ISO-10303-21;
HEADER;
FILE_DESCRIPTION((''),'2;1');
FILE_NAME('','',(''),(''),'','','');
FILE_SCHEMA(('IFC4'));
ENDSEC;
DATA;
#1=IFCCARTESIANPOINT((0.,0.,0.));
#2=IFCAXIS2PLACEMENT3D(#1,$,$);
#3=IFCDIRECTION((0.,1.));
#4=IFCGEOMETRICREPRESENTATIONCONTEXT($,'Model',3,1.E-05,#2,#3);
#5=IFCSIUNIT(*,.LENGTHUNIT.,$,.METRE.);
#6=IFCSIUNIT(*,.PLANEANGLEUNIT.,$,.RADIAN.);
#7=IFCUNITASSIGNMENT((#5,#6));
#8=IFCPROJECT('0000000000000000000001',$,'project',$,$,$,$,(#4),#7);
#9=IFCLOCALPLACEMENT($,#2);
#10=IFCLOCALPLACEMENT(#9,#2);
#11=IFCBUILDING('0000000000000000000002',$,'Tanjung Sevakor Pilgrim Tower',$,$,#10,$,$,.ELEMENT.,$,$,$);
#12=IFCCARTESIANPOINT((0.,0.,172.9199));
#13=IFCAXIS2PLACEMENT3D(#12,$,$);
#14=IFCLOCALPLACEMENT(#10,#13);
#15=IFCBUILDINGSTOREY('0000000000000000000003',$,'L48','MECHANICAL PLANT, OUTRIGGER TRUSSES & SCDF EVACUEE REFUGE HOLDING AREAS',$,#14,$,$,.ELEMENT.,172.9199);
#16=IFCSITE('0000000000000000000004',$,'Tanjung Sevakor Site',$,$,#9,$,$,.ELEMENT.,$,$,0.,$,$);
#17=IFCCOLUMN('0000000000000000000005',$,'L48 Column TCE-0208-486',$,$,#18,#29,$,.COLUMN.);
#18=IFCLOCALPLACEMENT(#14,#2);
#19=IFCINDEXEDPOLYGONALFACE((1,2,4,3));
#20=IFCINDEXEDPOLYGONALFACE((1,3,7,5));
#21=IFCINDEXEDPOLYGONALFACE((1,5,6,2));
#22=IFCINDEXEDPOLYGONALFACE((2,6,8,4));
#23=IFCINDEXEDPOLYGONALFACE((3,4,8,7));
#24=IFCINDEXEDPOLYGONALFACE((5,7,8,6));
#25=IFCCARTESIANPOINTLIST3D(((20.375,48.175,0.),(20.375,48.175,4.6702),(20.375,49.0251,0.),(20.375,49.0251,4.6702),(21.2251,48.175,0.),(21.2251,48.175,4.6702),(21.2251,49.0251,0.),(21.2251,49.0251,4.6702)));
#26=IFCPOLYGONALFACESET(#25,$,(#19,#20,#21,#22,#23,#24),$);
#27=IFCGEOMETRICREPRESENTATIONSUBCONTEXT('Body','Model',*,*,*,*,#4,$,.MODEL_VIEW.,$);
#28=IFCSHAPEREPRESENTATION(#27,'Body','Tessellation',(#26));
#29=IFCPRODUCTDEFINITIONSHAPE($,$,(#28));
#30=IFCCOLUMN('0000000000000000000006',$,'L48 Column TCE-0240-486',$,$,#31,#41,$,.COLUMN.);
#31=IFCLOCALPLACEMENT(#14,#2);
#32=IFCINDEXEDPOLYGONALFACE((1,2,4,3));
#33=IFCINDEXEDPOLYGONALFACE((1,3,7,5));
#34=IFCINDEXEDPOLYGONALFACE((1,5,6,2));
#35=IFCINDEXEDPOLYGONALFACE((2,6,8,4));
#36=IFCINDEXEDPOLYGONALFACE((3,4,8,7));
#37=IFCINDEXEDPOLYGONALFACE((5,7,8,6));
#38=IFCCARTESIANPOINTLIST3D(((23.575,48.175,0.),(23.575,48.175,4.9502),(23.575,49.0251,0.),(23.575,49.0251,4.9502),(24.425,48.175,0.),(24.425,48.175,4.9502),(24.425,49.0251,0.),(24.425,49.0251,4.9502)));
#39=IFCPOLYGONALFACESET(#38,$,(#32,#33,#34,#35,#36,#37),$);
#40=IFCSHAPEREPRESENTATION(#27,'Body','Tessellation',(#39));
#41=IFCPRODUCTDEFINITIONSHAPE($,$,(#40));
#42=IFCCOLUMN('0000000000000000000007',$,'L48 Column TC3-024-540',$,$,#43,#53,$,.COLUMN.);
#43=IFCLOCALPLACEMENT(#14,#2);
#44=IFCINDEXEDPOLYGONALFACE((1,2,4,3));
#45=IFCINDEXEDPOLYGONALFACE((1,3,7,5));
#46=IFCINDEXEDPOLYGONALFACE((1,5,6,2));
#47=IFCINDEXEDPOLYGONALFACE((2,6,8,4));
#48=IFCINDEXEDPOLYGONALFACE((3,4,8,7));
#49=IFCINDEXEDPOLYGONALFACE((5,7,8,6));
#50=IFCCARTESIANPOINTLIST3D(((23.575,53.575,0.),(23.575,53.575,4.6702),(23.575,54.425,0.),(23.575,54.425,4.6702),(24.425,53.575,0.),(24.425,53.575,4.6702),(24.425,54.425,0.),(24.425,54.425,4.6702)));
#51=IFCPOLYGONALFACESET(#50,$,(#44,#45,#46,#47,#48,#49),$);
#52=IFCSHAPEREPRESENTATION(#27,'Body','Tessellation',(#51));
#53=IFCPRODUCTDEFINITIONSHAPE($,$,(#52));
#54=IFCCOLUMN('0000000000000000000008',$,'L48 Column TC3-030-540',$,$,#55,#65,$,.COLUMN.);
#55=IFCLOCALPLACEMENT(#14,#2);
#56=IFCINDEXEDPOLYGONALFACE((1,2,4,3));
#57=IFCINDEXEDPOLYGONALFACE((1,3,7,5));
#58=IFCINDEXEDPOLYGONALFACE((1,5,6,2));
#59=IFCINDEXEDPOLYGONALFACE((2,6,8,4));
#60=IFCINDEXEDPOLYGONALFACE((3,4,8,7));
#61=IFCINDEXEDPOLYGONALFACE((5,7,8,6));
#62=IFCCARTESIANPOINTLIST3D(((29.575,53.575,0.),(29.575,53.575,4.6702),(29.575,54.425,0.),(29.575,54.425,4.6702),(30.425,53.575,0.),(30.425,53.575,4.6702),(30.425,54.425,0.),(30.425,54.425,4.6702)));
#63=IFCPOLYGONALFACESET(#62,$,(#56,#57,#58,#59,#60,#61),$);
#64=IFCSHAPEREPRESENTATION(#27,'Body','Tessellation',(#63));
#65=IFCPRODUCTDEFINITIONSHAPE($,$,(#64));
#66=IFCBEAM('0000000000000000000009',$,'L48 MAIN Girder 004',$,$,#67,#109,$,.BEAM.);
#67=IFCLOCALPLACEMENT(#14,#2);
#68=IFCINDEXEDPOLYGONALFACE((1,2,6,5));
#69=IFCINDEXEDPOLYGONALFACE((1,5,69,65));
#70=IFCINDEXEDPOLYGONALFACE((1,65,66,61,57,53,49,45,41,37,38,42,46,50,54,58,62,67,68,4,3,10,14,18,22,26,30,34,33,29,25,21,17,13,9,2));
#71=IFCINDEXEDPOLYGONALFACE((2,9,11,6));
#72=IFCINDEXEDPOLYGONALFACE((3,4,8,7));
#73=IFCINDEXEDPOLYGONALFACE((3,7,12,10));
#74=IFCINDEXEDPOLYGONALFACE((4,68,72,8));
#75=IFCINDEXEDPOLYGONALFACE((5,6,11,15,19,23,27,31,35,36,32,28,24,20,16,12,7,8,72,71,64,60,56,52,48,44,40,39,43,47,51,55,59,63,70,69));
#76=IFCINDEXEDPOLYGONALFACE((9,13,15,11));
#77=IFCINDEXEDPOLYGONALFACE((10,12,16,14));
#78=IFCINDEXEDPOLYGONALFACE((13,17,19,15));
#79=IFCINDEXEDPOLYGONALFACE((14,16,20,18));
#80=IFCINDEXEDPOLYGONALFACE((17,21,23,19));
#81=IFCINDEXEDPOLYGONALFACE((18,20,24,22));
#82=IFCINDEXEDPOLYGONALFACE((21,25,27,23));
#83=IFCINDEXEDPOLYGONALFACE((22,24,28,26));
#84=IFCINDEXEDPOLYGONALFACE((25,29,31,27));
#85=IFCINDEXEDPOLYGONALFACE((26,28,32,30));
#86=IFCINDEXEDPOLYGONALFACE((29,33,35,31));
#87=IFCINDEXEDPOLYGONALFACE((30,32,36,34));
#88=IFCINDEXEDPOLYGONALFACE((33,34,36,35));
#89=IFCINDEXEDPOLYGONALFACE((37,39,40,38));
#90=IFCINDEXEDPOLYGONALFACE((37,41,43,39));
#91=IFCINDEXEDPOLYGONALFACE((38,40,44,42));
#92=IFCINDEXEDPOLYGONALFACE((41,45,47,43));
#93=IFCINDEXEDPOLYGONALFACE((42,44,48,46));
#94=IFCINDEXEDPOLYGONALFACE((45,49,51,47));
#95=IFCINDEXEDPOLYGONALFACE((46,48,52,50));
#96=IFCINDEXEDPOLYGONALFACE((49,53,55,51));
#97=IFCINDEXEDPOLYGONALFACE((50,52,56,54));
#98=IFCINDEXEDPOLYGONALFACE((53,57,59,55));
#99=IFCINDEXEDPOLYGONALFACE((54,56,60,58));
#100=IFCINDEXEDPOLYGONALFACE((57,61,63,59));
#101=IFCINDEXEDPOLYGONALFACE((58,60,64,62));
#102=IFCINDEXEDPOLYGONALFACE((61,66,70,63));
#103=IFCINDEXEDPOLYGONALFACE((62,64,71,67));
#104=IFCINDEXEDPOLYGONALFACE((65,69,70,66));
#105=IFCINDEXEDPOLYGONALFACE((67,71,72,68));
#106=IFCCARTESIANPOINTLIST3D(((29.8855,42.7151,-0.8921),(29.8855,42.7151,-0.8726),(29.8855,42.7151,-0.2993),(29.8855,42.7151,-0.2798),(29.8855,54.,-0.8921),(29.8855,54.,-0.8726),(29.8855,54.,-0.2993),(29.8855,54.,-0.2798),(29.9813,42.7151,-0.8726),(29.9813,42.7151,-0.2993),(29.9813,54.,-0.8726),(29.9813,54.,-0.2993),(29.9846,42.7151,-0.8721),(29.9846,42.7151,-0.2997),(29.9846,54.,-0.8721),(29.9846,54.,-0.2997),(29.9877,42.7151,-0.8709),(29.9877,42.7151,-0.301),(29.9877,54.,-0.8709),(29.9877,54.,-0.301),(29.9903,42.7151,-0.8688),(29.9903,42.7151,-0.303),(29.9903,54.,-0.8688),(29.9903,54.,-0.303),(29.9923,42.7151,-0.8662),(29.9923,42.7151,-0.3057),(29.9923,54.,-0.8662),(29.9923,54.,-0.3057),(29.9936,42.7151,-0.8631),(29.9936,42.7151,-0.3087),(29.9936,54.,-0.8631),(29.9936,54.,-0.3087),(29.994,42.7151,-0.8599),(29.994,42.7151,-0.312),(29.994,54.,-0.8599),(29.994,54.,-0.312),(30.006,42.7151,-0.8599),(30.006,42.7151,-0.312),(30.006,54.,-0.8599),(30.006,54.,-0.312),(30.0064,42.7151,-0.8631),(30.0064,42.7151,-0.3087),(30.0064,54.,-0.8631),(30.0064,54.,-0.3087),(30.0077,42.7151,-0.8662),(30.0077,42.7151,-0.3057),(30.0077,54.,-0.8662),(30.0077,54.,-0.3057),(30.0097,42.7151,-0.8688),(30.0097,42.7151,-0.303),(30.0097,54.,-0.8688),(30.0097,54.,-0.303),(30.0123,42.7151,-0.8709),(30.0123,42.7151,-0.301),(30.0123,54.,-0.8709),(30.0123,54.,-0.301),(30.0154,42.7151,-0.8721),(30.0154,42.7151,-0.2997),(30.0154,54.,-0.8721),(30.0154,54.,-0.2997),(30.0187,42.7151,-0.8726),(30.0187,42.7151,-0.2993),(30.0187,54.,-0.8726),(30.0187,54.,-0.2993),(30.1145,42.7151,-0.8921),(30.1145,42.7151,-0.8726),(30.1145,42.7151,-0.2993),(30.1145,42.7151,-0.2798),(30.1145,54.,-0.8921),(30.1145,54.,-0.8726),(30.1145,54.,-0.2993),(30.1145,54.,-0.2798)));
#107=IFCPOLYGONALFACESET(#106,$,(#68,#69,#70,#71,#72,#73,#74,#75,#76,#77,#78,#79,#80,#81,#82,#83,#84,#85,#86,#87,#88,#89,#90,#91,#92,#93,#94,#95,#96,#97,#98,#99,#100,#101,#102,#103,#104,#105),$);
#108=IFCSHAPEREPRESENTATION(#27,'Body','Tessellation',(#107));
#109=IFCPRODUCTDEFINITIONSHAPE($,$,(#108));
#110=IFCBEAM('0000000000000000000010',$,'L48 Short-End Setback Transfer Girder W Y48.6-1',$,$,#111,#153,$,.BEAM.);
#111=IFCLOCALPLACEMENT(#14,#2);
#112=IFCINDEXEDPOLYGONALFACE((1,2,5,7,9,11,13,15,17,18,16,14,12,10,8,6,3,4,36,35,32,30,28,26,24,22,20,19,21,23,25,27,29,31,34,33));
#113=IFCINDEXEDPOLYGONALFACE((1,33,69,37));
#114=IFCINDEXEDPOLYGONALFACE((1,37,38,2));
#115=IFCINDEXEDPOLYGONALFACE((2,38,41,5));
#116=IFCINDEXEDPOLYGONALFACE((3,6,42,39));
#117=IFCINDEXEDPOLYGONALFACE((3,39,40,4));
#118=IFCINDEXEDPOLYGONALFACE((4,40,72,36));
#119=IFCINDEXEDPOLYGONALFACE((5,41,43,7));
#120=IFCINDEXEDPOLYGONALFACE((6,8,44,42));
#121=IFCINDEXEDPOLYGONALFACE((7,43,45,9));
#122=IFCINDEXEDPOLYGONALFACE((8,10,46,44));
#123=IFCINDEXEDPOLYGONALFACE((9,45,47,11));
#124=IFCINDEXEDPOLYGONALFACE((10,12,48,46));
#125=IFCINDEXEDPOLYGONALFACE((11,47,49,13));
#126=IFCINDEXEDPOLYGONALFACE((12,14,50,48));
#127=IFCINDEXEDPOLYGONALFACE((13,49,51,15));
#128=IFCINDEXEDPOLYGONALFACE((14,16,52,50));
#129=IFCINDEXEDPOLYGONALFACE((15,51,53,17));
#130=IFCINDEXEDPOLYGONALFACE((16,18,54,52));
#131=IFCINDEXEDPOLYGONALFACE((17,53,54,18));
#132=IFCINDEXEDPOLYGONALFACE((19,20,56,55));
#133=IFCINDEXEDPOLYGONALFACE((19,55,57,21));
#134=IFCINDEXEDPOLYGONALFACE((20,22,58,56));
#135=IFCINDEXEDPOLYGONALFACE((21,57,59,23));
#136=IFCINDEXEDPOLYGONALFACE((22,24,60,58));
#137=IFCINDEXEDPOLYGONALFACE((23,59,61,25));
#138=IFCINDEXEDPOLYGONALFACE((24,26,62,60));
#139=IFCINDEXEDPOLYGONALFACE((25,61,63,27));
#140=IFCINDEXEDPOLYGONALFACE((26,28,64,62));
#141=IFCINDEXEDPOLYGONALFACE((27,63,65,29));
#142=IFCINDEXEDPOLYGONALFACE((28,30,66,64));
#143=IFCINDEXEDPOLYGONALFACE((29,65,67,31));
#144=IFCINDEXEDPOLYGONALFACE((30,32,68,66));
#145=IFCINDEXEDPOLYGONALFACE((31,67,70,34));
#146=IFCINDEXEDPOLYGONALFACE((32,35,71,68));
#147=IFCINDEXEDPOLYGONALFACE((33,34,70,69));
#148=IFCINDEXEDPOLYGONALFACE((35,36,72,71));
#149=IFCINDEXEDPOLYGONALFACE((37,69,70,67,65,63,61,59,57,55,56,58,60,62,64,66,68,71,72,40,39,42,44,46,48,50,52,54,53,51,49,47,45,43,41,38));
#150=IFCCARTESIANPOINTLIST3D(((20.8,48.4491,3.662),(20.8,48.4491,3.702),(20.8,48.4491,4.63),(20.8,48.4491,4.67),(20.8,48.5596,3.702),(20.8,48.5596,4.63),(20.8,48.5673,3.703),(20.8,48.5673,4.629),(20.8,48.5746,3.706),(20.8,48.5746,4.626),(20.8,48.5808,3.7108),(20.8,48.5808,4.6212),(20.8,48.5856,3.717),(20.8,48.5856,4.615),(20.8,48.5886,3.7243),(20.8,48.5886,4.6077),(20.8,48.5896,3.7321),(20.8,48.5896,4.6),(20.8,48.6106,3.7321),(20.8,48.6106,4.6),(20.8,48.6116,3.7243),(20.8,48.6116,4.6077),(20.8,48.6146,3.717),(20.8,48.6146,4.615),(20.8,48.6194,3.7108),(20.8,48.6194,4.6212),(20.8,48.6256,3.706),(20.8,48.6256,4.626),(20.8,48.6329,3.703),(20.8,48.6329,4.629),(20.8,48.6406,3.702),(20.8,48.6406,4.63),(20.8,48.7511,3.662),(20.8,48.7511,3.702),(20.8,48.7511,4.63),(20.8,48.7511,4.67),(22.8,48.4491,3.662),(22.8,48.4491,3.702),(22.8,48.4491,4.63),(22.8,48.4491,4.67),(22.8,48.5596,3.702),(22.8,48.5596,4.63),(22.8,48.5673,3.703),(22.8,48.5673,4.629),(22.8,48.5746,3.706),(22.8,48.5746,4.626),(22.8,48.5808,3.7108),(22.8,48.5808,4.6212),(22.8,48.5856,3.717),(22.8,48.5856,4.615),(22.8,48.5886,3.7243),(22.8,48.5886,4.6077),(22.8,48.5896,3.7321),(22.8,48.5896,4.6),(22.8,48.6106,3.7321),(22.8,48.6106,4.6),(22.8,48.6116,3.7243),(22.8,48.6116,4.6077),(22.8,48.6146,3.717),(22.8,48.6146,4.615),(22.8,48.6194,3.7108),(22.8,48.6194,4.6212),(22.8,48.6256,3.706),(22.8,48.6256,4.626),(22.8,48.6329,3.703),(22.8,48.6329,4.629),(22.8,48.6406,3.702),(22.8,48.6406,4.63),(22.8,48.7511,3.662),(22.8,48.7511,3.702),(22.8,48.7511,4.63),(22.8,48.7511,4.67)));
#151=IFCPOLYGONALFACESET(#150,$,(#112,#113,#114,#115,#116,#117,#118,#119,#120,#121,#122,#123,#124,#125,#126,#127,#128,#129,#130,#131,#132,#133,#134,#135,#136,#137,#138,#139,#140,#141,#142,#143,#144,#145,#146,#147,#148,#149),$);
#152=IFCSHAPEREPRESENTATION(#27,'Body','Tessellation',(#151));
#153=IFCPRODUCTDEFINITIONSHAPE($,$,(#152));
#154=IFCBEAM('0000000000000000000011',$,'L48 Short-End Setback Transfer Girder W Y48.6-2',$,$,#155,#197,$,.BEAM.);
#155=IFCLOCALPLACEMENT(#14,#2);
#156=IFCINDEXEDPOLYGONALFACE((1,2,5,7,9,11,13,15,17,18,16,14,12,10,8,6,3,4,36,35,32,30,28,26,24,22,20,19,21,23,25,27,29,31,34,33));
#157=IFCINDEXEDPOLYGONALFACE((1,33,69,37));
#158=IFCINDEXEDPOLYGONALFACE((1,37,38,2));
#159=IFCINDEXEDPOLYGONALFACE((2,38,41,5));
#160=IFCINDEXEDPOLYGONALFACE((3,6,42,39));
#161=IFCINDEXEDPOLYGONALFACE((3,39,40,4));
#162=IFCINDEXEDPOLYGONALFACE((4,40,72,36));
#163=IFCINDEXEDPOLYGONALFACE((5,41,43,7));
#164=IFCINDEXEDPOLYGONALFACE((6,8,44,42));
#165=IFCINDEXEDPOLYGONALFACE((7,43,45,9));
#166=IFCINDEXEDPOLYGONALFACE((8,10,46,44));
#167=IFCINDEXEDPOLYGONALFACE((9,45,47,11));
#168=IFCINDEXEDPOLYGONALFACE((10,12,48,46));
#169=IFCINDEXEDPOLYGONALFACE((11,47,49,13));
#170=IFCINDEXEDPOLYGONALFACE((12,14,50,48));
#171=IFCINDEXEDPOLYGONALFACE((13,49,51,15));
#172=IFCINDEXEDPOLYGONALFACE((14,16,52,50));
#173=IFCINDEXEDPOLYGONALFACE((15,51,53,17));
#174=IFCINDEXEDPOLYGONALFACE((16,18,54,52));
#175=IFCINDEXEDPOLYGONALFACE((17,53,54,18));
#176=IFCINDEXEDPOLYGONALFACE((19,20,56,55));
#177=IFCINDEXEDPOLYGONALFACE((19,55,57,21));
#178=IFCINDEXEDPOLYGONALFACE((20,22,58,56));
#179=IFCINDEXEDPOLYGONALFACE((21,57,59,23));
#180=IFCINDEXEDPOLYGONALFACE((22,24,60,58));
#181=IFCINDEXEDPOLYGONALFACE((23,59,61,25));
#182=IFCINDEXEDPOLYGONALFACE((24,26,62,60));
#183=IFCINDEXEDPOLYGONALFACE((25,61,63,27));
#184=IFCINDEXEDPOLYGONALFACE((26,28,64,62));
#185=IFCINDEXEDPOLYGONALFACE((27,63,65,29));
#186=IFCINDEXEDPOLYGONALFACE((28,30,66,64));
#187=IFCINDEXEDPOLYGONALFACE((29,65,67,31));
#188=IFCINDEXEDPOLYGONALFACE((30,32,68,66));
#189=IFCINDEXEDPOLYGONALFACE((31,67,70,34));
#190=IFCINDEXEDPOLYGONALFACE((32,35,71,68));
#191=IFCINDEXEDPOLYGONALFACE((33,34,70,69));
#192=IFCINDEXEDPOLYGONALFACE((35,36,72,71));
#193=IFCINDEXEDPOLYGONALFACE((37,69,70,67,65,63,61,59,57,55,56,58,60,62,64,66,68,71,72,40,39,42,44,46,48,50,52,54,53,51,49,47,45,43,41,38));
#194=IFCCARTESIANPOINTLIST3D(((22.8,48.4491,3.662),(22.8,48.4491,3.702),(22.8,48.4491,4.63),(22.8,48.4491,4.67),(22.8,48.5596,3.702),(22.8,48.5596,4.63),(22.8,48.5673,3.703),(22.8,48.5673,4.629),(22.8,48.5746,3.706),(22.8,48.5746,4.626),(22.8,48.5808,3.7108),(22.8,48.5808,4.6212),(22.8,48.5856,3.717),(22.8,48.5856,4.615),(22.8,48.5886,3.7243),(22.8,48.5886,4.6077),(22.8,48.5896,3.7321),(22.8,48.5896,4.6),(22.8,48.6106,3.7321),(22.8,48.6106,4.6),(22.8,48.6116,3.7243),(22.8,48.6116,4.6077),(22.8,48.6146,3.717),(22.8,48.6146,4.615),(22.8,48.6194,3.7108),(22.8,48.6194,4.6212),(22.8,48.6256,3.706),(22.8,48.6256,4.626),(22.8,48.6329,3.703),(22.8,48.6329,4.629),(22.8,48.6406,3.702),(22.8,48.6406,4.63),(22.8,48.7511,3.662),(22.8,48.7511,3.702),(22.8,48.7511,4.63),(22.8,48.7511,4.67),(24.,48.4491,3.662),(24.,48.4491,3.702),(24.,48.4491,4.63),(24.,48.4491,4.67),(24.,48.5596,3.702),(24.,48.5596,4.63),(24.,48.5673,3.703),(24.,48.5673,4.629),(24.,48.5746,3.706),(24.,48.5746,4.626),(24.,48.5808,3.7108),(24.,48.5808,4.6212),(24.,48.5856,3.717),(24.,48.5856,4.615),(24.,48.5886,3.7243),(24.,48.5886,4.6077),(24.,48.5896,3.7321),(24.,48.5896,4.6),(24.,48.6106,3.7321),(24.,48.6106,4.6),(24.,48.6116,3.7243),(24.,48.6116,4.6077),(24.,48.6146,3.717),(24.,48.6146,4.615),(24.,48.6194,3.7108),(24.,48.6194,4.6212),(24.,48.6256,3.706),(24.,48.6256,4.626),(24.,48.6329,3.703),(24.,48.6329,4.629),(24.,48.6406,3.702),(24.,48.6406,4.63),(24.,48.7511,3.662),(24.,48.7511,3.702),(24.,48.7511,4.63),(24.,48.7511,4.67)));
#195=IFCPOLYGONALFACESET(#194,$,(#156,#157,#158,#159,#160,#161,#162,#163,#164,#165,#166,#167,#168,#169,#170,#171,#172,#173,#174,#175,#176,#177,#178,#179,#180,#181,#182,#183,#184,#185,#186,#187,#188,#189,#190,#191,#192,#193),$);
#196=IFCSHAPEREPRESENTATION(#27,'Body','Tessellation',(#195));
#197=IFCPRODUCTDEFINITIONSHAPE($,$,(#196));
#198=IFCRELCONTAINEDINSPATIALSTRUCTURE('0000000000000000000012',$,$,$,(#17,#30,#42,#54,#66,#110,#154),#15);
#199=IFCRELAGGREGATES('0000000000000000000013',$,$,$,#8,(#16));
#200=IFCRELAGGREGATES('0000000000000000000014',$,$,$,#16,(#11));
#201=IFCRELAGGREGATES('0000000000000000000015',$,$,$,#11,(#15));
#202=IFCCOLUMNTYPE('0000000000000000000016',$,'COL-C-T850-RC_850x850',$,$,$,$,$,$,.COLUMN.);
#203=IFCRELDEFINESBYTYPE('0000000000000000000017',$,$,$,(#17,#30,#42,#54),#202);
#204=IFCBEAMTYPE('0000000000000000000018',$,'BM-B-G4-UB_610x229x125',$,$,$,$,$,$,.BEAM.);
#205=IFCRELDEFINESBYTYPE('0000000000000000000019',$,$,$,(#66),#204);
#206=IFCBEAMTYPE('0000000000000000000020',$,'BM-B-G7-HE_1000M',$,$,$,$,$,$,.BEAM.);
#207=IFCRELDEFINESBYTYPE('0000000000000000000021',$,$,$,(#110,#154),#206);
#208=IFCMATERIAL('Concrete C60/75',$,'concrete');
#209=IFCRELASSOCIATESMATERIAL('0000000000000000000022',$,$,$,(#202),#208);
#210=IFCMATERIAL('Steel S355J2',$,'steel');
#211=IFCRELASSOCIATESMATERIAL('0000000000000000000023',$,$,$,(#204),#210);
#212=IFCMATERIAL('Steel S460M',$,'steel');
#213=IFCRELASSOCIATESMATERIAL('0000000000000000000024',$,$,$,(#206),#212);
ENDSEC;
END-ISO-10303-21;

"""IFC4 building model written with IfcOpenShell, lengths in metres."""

from ifc_helpers import new_model, si_unit, direction, frame, origin, origin_2d, place, context, subcontext, project, spatial, rectangle, i_section, extrude, material, material_profile, profile_set, type_object, element, save


model = new_model("IFC4")

# Units and contexts
model_context = context("Model", 3, precision=1e-05, world=origin(), true_north=direction((0.0, 1.0)))
body_context = subcontext(model_context, "Body", "Model", "MODEL_VIEW")
ifc_project = project(units=[si_unit("LENGTHUNIT", "METRE"), si_unit("PLANEANGLEUNIT", "RADIAN")], contexts=[model_context])

# Site, building, storey
site_placement = place(None, origin())
site = spatial("IfcSite", under=ifc_project, at=site_placement, Name="Tanjung Sevakor Site", CompositionType="ELEMENT", RefElevation=0.0)
building_placement = place(site_placement, origin())
building = spatial("IfcBuilding", under=site, at=building_placement, Name="Tanjung Sevakor Pilgrim Tower", CompositionType="ELEMENT")
storey_placement = place(building_placement, frame((0.0, 0.0, 172.9199)))
storey = spatial("IfcBuildingStorey", under=building, at=storey_placement, Name="L48", Description="MECHANICAL PLANT, OUTRIGGER TRUSSES & SCDF EVACUEE REFUGE HOLDING AREAS", CompositionType="ELEMENT", Elevation=172.9199)

# Columns
ifc_material_1 = material(Name="Concrete C60/75", Category="concrete")
ifc_material_profile_1 = material_profile(ifc_material_1, rectangle(XDim=0.8501, YDim=0.8501, at=origin_2d()))
ifc_profile_set_1 = profile_set([ifc_material_profile_1], Name="Concrete C60/75")
column_type = type_object("IfcColumnType", Name="COL-C-T850-RC_850x850", PredefinedType="COLUMN", material=ifc_profile_set_1)
column_1_placement = place(storey_placement, frame((20.8, 48.6001, 0.0), z_axis=(0.0, 0.0, 1.0), x_axis=(1.0, 0.0, 0.0)))
element("IfcColumn", 1, at=column_1_placement, inside=storey, type_object=column_type, Name="L48 Column TCE-0208-486", PredefinedType="COLUMN", context=body_context, shape_type="SweptSolid", body=[
    extrude(rectangle(XDim=0.8501, YDim=0.8501, at=origin_2d()), origin(), (0.0, 0.0, 1.0), 4.6702),
])
column_2_placement = place(storey_placement, frame((24.0, 48.6001, 0.0), z_axis=(0.0, 0.0, 1.0), x_axis=(1.0, 0.0, 0.0)))
element("IfcColumn", 2, at=column_2_placement, inside=storey, type_object=column_type, Name="L48 Column TCE-0240-486", PredefinedType="COLUMN", context=body_context, shape_type="SweptSolid", body=[
    extrude(rectangle(XDim=0.8501, YDim=0.8501, at=origin_2d()), origin(), (0.0, 0.0, 1.0), 4.9502),
])
for number, where, z_axis, x_axis, name in (
    (3, (24.0, 54.0, 0.0), (0.0, 0.0, 1.0), (1.0, 0.0, 0.0), "L48 Column TC3-024-540"),
    (4, (30.0, 54.0, 0.0), (0.0, 0.0, 1.0), (1.0, 0.0, 0.0), "L48 Column TC3-030-540"),
):
    element("IfcColumn", number, at=place(storey_placement, frame(where, z_axis=z_axis, x_axis=x_axis)), inside=storey, type_object=column_type, Name=name, PredefinedType="COLUMN", context=body_context, shape_type="SweptSolid", body=[
        extrude(rectangle(XDim=0.8501, YDim=0.8501, at=origin_2d()), origin(), (0.0, 0.0, 1.0), 4.6702),
    ])

# Beams
ifc_material_2 = material(Name="Steel S355J2", Category="steel")
ifc_material_profile_2 = material_profile(ifc_material_2, i_section(OverallWidth=0.229, OverallDepth=0.6123, WebThickness=0.012, FlangeThickness=0.0195, FilletRadius=0.0127, at=origin_2d()))
ifc_profile_set_2 = profile_set([ifc_material_profile_2], Name="Steel S355J2")
beam_type_1 = type_object("IfcBeamType", Name="BM-B-G4-UB_610x229x125", PredefinedType="BEAM", material=ifc_profile_set_2)
beam_1_placement = place(storey_placement, frame((30.0, 42.7151, -0.5859), z_axis=(0.0, 1.0, 0.0), x_axis=(-1.0, 0.0, 0.0)))
element("IfcBeam", 5, at=beam_1_placement, inside=storey, type_object=beam_type_1, Name="L48 MAIN Girder 004", PredefinedType="BEAM", context=body_context, shape_type="SweptSolid", body=[
    extrude(i_section(OverallWidth=0.229, OverallDepth=0.6123, WebThickness=0.012, FlangeThickness=0.0195, FilletRadius=0.0127, at=origin_2d()), origin(), (0.0, 0.0, 1.0), 11.2849),
])
ifc_material_3 = material(Name="Steel S460M", Category="steel")
ifc_material_profile_3 = material_profile(ifc_material_3, i_section(OverallWidth=0.302, OverallDepth=1.0081, WebThickness=0.021, FlangeThickness=0.04, FilletRadius=0.03, at=origin_2d()))
ifc_profile_set_3 = profile_set([ifc_material_profile_3], Name="Steel S460M")
beam_type_2 = type_object("IfcBeamType", Name="BM-B-G7-HE_1000M", PredefinedType="BEAM", material=ifc_profile_set_3)
beam_2_placement = place(storey_placement, frame((20.8, 48.6001, 4.166), z_axis=(1.0, 0.0, 0.0), x_axis=(0.0, 1.0, 0.0)))
element("IfcBeam", 6, at=beam_2_placement, inside=storey, type_object=beam_type_2, Name="L48 Short-End Setback Transfer Girder W Y48.6-1", PredefinedType="BEAM", context=body_context, shape_type="SweptSolid", body=[
    extrude(i_section(OverallWidth=0.302, OverallDepth=1.0081, WebThickness=0.021, FlangeThickness=0.04, FilletRadius=0.03, at=origin_2d()), origin(), (0.0, 0.0, 1.0), 2.0),
])
beam_3_placement = place(storey_placement, frame((22.8, 48.6001, 4.166), z_axis=(1.0, 0.0, 0.0), x_axis=(0.0, 1.0, 0.0)))
element("IfcBeam", 7, at=beam_3_placement, inside=storey, type_object=beam_type_2, Name="L48 Short-End Setback Transfer Girder W Y48.6-2", PredefinedType="BEAM", context=body_context, shape_type="SweptSolid", body=[
    extrude(i_section(OverallWidth=0.302, OverallDepth=1.0081, WebThickness=0.021, FlangeThickness=0.04, FilletRadius=0.03, at=origin_2d()), origin(), (0.0, 0.0, 1.0), 1.2),
])

save(model, "model.ifc")
